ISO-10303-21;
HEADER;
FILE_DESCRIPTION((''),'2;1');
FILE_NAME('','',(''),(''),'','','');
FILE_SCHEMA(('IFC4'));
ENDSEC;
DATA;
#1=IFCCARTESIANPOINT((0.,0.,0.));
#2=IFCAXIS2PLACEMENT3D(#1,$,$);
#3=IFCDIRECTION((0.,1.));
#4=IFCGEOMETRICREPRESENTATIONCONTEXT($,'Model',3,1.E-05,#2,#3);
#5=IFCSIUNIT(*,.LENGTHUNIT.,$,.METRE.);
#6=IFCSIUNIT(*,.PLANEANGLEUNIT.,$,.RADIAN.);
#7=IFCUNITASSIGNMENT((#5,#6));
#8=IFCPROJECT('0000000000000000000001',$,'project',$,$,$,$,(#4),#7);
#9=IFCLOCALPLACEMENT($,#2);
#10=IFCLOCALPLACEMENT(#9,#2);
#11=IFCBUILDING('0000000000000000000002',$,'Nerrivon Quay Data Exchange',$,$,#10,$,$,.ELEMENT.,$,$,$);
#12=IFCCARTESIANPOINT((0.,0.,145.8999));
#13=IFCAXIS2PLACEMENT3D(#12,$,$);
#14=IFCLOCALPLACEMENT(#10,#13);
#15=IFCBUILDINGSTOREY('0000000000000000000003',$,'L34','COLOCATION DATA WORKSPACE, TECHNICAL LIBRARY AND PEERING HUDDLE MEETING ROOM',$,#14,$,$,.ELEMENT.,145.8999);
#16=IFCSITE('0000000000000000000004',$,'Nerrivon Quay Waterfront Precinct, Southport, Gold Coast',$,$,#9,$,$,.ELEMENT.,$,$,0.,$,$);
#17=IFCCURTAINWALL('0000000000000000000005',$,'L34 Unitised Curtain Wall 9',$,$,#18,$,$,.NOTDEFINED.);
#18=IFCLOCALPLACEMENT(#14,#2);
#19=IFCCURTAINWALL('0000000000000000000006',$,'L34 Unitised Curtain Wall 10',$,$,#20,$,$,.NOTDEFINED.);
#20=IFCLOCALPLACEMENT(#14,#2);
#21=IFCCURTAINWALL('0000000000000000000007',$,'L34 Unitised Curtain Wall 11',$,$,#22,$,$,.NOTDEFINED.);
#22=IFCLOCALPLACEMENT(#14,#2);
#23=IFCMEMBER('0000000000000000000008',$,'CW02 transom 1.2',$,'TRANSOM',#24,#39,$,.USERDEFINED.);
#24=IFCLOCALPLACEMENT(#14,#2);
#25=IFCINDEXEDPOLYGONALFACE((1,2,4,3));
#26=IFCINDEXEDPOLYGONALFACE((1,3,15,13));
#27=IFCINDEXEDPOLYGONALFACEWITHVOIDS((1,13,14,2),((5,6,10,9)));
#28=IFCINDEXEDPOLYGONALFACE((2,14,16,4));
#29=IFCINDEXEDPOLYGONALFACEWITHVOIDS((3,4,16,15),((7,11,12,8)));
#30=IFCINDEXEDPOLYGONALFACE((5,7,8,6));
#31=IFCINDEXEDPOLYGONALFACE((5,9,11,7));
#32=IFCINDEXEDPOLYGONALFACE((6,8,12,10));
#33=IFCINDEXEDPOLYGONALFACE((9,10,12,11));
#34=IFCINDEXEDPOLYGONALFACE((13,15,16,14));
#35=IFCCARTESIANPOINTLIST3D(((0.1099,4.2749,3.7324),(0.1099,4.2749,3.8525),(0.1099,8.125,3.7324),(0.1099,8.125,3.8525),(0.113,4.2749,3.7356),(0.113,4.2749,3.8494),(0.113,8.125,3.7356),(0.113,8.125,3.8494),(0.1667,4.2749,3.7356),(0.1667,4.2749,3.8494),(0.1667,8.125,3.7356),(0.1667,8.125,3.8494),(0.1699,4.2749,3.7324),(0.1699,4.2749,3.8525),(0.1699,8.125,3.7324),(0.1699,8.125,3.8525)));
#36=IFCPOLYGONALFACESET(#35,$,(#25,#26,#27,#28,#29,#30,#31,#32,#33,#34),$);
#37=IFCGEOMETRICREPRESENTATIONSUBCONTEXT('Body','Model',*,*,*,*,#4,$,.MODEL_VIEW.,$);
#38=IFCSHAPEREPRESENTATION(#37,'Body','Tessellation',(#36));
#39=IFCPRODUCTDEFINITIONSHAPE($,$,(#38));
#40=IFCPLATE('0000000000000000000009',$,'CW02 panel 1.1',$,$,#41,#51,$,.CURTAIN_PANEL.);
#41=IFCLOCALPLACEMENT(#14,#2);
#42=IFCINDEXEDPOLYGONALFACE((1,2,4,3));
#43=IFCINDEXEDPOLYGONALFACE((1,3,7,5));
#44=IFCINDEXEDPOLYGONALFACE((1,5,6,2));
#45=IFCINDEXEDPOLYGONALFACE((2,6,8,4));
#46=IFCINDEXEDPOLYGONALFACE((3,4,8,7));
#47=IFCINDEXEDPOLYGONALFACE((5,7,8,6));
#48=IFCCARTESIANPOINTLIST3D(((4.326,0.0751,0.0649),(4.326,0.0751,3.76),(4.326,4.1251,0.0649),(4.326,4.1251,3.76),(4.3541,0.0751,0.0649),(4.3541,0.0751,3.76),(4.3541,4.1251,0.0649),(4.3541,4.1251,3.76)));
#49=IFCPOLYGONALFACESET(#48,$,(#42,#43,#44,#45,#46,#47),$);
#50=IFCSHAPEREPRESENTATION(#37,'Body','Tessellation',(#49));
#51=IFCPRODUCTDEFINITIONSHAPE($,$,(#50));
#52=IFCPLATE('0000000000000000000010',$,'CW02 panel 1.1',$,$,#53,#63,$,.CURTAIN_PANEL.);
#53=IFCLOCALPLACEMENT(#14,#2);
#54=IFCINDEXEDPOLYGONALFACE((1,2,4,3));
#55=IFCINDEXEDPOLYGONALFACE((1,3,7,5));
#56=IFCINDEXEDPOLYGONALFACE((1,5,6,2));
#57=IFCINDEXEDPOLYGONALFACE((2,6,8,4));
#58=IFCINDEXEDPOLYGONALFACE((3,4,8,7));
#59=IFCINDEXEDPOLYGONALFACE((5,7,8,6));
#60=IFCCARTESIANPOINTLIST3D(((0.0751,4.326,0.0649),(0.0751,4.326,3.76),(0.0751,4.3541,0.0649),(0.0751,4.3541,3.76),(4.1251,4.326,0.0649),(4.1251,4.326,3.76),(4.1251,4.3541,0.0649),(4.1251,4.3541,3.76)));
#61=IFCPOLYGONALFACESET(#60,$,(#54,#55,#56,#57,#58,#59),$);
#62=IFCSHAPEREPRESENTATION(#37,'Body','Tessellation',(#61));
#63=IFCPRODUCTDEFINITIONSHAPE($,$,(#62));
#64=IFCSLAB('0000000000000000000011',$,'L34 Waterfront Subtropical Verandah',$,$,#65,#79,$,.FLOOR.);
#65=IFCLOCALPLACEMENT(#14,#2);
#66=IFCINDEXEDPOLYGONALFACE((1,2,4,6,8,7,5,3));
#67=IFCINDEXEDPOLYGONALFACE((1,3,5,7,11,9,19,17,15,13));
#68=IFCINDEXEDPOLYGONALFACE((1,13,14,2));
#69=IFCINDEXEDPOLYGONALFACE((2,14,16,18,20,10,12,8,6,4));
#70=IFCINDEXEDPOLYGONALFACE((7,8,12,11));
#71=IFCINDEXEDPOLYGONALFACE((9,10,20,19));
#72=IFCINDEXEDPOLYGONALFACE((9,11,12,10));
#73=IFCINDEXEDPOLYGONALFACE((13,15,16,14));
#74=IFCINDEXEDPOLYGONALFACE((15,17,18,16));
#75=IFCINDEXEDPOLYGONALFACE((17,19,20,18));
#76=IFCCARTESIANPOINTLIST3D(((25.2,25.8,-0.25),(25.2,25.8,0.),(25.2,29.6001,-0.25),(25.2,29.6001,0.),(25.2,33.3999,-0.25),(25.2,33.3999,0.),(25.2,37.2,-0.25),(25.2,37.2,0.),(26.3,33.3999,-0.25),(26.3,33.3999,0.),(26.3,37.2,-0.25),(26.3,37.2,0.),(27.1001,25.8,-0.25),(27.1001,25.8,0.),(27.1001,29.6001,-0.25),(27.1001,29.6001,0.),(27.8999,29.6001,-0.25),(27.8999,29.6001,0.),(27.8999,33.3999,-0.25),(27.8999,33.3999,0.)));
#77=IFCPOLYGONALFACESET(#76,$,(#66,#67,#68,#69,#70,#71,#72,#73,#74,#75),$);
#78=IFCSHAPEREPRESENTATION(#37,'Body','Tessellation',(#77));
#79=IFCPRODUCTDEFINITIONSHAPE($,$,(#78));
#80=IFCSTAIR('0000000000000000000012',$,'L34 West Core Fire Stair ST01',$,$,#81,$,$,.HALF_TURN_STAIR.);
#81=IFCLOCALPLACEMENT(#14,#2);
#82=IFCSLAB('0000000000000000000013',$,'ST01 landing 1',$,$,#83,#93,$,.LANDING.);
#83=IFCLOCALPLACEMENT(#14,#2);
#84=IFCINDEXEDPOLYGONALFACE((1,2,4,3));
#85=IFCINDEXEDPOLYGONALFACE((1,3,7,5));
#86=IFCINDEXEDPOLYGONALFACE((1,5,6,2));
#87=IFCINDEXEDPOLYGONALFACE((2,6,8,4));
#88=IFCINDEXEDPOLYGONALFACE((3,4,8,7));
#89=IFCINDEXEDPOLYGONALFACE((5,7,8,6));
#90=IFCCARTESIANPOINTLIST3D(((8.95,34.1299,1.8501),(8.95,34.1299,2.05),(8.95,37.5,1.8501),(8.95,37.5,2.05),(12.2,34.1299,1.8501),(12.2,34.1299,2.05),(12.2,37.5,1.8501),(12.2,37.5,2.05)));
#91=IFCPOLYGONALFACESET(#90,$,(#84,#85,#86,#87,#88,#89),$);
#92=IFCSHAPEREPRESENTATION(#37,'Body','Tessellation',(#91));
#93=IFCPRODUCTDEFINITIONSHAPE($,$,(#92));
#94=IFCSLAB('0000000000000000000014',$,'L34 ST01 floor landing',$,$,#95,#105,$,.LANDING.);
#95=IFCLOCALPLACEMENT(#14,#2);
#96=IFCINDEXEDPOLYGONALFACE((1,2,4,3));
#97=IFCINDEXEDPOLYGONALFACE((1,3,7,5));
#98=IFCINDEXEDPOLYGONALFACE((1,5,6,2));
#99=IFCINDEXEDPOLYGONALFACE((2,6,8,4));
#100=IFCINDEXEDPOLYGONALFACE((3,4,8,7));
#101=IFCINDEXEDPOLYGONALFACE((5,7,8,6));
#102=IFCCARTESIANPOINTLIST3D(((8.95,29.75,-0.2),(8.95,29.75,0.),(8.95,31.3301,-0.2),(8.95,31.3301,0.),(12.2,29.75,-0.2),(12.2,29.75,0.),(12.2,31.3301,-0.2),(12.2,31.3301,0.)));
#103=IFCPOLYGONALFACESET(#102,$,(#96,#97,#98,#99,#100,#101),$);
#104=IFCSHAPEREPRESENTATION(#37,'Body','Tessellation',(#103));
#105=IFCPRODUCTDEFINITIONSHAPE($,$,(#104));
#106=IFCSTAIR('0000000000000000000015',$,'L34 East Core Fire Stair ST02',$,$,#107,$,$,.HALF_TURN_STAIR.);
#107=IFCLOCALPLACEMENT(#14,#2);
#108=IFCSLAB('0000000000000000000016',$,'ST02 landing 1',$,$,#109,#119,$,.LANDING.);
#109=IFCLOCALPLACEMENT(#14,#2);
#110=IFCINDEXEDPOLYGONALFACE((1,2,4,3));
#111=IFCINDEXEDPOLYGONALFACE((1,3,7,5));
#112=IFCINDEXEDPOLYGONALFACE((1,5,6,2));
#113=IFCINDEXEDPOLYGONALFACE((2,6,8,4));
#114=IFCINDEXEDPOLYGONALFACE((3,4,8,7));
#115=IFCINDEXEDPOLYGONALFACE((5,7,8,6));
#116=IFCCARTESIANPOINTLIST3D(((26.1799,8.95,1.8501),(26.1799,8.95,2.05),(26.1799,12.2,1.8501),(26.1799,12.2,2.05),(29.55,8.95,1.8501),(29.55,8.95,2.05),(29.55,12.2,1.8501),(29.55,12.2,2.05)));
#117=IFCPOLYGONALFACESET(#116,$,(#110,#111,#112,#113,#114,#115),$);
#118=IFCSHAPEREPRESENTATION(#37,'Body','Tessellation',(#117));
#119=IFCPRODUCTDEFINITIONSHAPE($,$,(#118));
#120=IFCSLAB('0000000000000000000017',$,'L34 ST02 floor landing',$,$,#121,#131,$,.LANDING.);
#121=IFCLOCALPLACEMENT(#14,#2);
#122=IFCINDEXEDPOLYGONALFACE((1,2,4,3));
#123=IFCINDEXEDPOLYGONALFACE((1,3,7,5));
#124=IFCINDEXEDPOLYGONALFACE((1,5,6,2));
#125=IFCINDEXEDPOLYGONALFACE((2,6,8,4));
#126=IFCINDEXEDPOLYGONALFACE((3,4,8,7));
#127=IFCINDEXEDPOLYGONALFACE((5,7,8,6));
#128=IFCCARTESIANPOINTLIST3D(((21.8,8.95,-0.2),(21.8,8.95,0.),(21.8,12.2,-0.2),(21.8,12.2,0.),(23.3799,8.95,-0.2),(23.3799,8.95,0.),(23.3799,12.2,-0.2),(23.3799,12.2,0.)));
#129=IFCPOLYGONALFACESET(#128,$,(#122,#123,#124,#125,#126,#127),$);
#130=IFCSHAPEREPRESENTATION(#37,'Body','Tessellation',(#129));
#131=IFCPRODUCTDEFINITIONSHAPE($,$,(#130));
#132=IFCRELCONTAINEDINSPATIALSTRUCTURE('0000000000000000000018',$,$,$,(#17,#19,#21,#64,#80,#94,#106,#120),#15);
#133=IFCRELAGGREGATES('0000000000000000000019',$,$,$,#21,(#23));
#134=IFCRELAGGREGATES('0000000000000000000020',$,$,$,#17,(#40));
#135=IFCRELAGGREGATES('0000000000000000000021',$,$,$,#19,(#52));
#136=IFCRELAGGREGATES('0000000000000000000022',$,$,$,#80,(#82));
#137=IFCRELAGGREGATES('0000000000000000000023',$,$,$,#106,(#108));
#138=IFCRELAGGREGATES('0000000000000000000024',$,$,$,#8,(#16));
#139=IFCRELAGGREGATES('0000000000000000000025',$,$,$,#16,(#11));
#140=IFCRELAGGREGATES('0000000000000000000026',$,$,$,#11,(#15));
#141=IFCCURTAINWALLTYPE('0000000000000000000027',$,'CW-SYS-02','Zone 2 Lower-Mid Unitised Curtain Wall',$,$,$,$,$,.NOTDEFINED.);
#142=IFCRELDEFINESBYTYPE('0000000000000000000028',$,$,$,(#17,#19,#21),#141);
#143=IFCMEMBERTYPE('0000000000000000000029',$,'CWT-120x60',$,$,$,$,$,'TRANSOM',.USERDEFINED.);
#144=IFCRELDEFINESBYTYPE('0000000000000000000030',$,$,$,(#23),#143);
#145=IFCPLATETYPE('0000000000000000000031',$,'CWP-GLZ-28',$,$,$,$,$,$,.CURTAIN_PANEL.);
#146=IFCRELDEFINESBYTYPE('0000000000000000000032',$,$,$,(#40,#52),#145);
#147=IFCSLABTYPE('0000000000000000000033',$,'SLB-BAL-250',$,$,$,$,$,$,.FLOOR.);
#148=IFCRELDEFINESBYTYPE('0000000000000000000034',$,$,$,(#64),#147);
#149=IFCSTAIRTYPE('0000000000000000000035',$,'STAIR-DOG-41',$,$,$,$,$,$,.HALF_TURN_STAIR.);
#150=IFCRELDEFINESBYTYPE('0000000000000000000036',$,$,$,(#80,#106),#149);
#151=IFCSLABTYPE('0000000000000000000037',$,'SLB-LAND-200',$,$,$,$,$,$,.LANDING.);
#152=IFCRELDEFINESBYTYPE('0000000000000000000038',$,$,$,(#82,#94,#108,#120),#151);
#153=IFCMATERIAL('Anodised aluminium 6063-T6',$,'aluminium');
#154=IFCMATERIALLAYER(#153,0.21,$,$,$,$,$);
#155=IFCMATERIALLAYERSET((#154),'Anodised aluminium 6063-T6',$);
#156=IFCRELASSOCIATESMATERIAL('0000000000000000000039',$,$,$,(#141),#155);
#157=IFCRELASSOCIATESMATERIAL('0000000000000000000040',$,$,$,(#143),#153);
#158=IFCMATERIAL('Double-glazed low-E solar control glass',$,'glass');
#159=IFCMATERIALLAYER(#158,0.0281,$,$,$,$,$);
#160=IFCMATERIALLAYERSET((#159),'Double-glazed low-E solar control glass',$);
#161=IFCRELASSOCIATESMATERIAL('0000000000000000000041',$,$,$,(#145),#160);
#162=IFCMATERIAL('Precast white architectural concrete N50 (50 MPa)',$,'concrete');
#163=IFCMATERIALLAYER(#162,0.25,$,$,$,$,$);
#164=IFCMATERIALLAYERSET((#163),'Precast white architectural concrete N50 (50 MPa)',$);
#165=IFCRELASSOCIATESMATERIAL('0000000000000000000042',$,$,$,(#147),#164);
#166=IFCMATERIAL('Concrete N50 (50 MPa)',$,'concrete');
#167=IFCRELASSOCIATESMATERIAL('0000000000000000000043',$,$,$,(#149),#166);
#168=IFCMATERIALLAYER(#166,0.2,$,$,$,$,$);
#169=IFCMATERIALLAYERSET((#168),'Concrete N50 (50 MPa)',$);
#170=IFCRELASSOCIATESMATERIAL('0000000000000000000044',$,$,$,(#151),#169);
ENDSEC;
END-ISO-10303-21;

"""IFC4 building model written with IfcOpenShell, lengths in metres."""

from ifc_helpers import new_model, si_unit, direction, frame, origin, origin_2d, place, context, subcontext, project, spatial, polyline, rectangle, hollow_rectangle, outline, extrude, material, layer, layer_set, material_profile, profile_set, type_object, element, aggregate, save


model = new_model("IFC4")

# Units and contexts
model_context = context("Model", 3, precision=1e-05, world=origin(), true_north=direction((0.0, 1.0)))
body_context = subcontext(model_context, "Body", "Model", "MODEL_VIEW")
ifc_project = project(units=[si_unit("LENGTHUNIT", "METRE"), si_unit("PLANEANGLEUNIT", "RADIAN")], contexts=[model_context])

# Site, building, storey
site_placement = place(None, origin())
site = spatial("IfcSite", under=ifc_project, at=site_placement, Name="Nerrivon Quay Waterfront Precinct, Southport, Gold Coast", CompositionType="ELEMENT", RefElevation=0.0)
building_placement = place(site_placement, origin())
building = spatial("IfcBuilding", under=site, at=building_placement, Name="Nerrivon Quay Data Exchange", CompositionType="ELEMENT")
storey_placement = place(building_placement, frame((0.0, 0.0, 145.8999)))
storey = spatial("IfcBuildingStorey", under=building, at=storey_placement, Name="L34", Description="COLOCATION DATA WORKSPACE, TECHNICAL LIBRARY AND PEERING HUDDLE MEETING ROOM", CompositionType="ELEMENT", Elevation=145.8999)

# Shared definitions
ifc_material_1 = material(Name="Anodised aluminium 6063-T6", Category="aluminium")
ifc_layer_1 = layer(ifc_material_1, 0.21)
ifc_layer_set_1 = layer_set([ifc_layer_1], Name="Anodised aluminium 6063-T6")
curtain_wall_type = type_object("IfcCurtainWallType", Name="CW-SYS-02", Description="Zone 2 Lower-Mid Unitised Curtain Wall", PredefinedType="NOTDEFINED", material=ifc_layer_set_1)

# Curtain walls
curtain_wall_1_placement = place(storey_placement, origin())
curtain_wall_1 = element("IfcCurtainWall", 1, at=curtain_wall_1_placement, inside=storey, type_object=curtain_wall_type, Name="L34 Unitised Curtain Wall 9", PredefinedType="NOTDEFINED")
curtain_wall_2_placement = place(storey_placement, origin())
curtain_wall_2 = element("IfcCurtainWall", 2, at=curtain_wall_2_placement, inside=storey, type_object=curtain_wall_type, Name="L34 Unitised Curtain Wall 10", PredefinedType="NOTDEFINED")

# Curtain wall
curtain_wall_3_placement = place(storey_placement, origin())
curtain_wall_3 = element("IfcCurtainWall", 3, at=curtain_wall_3_placement, inside=storey, type_object=curtain_wall_type, Name="L34 Unitised Curtain Wall 11", PredefinedType="NOTDEFINED")

# Member
ifc_material_profile_1 = material_profile(ifc_material_1, hollow_rectangle(XDim=0.0601, YDim=0.1201, WallThickness=0.0032, at=origin_2d()), Name="ALU-TRAN-120x60")
ifc_profile_set_1 = profile_set([ifc_material_profile_1], Name="Anodised aluminium 6063-T6")
member_type_1 = type_object("IfcMemberType", Name="CWT-120x60", ElementType="TRANSOM", PredefinedType="USERDEFINED", material=ifc_profile_set_1)
member_1_placement = place(storey_placement, frame((0.1399, 4.2749, 3.7925), z_axis=(0.0, 1.0, 0.0), x_axis=(-1.0, 0.0, 0.0)))
member_1 = element("IfcMember", 4, at=member_1_placement, type_object=member_type_1, Name="CW02 transom 1.2", ObjectType="TRANSOM", PredefinedType="USERDEFINED", context=body_context, shape_type="SweptSolid", body=[
    extrude(hollow_rectangle(XDim=0.0601, YDim=0.1201, WallThickness=0.0032, at=origin_2d()), origin(), (0.0, 0.0, 1.0), 3.8501),
])
aggregate(curtain_wall_3, [member_1])

# Plates
ifc_material_2 = material(Name="Double-glazed low-E solar control glass", Category="glass")
ifc_layer_2 = layer(ifc_material_2, 0.0281)
ifc_layer_set_2 = layer_set([ifc_layer_2], Name="Double-glazed low-E solar control glass")
plate_type = type_object("IfcPlateType", Name="CWP-GLZ-28", PredefinedType="CURTAIN_PANEL", material=ifc_layer_set_2)
plate_1_placement = place(storey_placement, frame((4.3401, 2.1001, 0.0649), z_axis=(0.0, 0.0, 1.0), x_axis=(0.0, 1.0, 0.0)))
plate_1 = element("IfcPlate", 5, at=plate_1_placement, type_object=plate_type, Name="CW02 panel 1.1", PredefinedType="CURTAIN_PANEL", context=body_context, shape_type="SweptSolid", body=[
    extrude(rectangle(XDim=4.05, YDim=0.0281, at=origin_2d()), origin(), (0.0, 0.0, 1.0), 3.6951),
])
aggregate(curtain_wall_1, [plate_1])
plate_2_placement = place(storey_placement, frame((2.1001, 4.3401, 0.0649), z_axis=(0.0, 0.0, 1.0), x_axis=(-1.0, 0.0, 0.0)))
plate_2 = element("IfcPlate", 6, at=plate_2_placement, type_object=plate_type, Name="CW02 panel 1.1", PredefinedType="CURTAIN_PANEL", context=body_context, shape_type="SweptSolid", body=[
    extrude(rectangle(XDim=4.05, YDim=0.0281, at=origin_2d()), origin(), (0.0, 0.0, 1.0), 3.6951),
])
aggregate(curtain_wall_2, [plate_2])

# Slab
ifc_material_3 = material(Name="Precast white architectural concrete N50 (50 MPa)", Category="concrete")
ifc_layer_3 = layer(ifc_material_3, 0.25)
ifc_layer_set_3 = layer_set([ifc_layer_3], Name="Precast white architectural concrete N50 (50 MPa)")
slab_type_1 = type_object("IfcSlabType", Name="SLB-BAL-250", PredefinedType="FLOOR", material=ifc_layer_set_3)
slab_1_placement = place(storey_placement, frame((0.0, 0.0, -0.25)))
element("IfcSlab", 7, at=slab_1_placement, inside=storey, type_object=slab_type_1, Name="L34 Waterfront Subtropical Verandah", PredefinedType="FLOOR", context=body_context, shape_type="SweptSolid", body=[
    extrude(outline(polyline([(27.1001, 29.6001), (27.8999, 29.6001), (27.8999, 33.3999), (26.3, 33.3999), (26.3, 37.2), (25.2, 37.2), (25.2, 33.3999), (25.2, 29.6001), (25.2, 25.8), (27.1001, 25.8), (27.1001, 29.6001)])), origin(), (0.0, 0.0, 1.0), 0.25),
])

# Stair, slab
ifc_material_4 = material(Name="Concrete N50 (50 MPa)", Category="concrete")
stair_type = type_object("IfcStairType", Name="STAIR-DOG-41", PredefinedType="HALF_TURN_STAIR", material=ifc_material_4)
stair_1_placement = place(storey_placement, origin())
stair_1 = element("IfcStair", 8, at=stair_1_placement, inside=storey, type_object=stair_type, Name="L34 West Core Fire Stair ST01", PredefinedType="HALF_TURN_STAIR")
ifc_layer_4 = layer(ifc_material_4, 0.2)
ifc_layer_set_4 = layer_set([ifc_layer_4], Name="Concrete N50 (50 MPa)")
slab_type_2 = type_object("IfcSlabType", Name="SLB-LAND-200", PredefinedType="LANDING", material=ifc_layer_set_4)
slab_2_placement = place(storey_placement, frame((0.0, 0.0, 1.8501)))
slab_2 = element("IfcSlab", 9, at=slab_2_placement, type_object=slab_type_2, Name="ST01 landing 1", PredefinedType="LANDING", context=body_context, shape_type="SweptSolid", body=[
    extrude(outline(polyline([(12.2, 34.1299), (12.2, 37.5), (8.95, 37.5), (8.95, 34.1299), (12.2, 34.1299)])), origin(), (0.0, 0.0, 1.0), 0.2),
])
aggregate(stair_1, [slab_2])

# Slab
slab_3_placement = place(storey_placement, frame((0.0, 0.0, -0.2)))
element("IfcSlab", 10, at=slab_3_placement, inside=storey, type_object=slab_type_2, Name="L34 ST01 floor landing", PredefinedType="LANDING", context=body_context, shape_type="SweptSolid", body=[
    extrude(outline(polyline([(12.2, 29.75), (12.2, 31.3301), (8.95, 31.3301), (8.95, 29.75), (12.2, 29.75)])), origin(), (0.0, 0.0, 1.0), 0.2),
])

# Stair, slab
stair_2_placement = place(storey_placement, origin())
stair_2 = element("IfcStair", 11, at=stair_2_placement, inside=storey, type_object=stair_type, Name="L34 East Core Fire Stair ST02", PredefinedType="HALF_TURN_STAIR")
slab_4_placement = place(storey_placement, frame((0.0, 0.0, 1.8501)))
slab_4 = element("IfcSlab", 12, at=slab_4_placement, type_object=slab_type_2, Name="ST02 landing 1", PredefinedType="LANDING", context=body_context, shape_type="SweptSolid", body=[
    extrude(outline(polyline([(26.1799, 8.95), (29.55, 8.95), (29.55, 12.2), (26.1799, 12.2), (26.1799, 8.95)])), origin(), (0.0, 0.0, 1.0), 0.2),
])
aggregate(stair_2, [slab_4])

# Slab
slab_5_placement = place(storey_placement, frame((0.0, 0.0, -0.2)))
element("IfcSlab", 13, at=slab_5_placement, inside=storey, type_object=slab_type_2, Name="L34 ST02 floor landing", PredefinedType="LANDING", context=body_context, shape_type="SweptSolid", body=[
    extrude(outline(polyline([(21.8, 8.95), (23.3799, 8.95), (23.3799, 12.2), (21.8, 12.2), (21.8, 8.95)])), origin(), (0.0, 0.0, 1.0), 0.2),
])

save(model, "model.ifc")
